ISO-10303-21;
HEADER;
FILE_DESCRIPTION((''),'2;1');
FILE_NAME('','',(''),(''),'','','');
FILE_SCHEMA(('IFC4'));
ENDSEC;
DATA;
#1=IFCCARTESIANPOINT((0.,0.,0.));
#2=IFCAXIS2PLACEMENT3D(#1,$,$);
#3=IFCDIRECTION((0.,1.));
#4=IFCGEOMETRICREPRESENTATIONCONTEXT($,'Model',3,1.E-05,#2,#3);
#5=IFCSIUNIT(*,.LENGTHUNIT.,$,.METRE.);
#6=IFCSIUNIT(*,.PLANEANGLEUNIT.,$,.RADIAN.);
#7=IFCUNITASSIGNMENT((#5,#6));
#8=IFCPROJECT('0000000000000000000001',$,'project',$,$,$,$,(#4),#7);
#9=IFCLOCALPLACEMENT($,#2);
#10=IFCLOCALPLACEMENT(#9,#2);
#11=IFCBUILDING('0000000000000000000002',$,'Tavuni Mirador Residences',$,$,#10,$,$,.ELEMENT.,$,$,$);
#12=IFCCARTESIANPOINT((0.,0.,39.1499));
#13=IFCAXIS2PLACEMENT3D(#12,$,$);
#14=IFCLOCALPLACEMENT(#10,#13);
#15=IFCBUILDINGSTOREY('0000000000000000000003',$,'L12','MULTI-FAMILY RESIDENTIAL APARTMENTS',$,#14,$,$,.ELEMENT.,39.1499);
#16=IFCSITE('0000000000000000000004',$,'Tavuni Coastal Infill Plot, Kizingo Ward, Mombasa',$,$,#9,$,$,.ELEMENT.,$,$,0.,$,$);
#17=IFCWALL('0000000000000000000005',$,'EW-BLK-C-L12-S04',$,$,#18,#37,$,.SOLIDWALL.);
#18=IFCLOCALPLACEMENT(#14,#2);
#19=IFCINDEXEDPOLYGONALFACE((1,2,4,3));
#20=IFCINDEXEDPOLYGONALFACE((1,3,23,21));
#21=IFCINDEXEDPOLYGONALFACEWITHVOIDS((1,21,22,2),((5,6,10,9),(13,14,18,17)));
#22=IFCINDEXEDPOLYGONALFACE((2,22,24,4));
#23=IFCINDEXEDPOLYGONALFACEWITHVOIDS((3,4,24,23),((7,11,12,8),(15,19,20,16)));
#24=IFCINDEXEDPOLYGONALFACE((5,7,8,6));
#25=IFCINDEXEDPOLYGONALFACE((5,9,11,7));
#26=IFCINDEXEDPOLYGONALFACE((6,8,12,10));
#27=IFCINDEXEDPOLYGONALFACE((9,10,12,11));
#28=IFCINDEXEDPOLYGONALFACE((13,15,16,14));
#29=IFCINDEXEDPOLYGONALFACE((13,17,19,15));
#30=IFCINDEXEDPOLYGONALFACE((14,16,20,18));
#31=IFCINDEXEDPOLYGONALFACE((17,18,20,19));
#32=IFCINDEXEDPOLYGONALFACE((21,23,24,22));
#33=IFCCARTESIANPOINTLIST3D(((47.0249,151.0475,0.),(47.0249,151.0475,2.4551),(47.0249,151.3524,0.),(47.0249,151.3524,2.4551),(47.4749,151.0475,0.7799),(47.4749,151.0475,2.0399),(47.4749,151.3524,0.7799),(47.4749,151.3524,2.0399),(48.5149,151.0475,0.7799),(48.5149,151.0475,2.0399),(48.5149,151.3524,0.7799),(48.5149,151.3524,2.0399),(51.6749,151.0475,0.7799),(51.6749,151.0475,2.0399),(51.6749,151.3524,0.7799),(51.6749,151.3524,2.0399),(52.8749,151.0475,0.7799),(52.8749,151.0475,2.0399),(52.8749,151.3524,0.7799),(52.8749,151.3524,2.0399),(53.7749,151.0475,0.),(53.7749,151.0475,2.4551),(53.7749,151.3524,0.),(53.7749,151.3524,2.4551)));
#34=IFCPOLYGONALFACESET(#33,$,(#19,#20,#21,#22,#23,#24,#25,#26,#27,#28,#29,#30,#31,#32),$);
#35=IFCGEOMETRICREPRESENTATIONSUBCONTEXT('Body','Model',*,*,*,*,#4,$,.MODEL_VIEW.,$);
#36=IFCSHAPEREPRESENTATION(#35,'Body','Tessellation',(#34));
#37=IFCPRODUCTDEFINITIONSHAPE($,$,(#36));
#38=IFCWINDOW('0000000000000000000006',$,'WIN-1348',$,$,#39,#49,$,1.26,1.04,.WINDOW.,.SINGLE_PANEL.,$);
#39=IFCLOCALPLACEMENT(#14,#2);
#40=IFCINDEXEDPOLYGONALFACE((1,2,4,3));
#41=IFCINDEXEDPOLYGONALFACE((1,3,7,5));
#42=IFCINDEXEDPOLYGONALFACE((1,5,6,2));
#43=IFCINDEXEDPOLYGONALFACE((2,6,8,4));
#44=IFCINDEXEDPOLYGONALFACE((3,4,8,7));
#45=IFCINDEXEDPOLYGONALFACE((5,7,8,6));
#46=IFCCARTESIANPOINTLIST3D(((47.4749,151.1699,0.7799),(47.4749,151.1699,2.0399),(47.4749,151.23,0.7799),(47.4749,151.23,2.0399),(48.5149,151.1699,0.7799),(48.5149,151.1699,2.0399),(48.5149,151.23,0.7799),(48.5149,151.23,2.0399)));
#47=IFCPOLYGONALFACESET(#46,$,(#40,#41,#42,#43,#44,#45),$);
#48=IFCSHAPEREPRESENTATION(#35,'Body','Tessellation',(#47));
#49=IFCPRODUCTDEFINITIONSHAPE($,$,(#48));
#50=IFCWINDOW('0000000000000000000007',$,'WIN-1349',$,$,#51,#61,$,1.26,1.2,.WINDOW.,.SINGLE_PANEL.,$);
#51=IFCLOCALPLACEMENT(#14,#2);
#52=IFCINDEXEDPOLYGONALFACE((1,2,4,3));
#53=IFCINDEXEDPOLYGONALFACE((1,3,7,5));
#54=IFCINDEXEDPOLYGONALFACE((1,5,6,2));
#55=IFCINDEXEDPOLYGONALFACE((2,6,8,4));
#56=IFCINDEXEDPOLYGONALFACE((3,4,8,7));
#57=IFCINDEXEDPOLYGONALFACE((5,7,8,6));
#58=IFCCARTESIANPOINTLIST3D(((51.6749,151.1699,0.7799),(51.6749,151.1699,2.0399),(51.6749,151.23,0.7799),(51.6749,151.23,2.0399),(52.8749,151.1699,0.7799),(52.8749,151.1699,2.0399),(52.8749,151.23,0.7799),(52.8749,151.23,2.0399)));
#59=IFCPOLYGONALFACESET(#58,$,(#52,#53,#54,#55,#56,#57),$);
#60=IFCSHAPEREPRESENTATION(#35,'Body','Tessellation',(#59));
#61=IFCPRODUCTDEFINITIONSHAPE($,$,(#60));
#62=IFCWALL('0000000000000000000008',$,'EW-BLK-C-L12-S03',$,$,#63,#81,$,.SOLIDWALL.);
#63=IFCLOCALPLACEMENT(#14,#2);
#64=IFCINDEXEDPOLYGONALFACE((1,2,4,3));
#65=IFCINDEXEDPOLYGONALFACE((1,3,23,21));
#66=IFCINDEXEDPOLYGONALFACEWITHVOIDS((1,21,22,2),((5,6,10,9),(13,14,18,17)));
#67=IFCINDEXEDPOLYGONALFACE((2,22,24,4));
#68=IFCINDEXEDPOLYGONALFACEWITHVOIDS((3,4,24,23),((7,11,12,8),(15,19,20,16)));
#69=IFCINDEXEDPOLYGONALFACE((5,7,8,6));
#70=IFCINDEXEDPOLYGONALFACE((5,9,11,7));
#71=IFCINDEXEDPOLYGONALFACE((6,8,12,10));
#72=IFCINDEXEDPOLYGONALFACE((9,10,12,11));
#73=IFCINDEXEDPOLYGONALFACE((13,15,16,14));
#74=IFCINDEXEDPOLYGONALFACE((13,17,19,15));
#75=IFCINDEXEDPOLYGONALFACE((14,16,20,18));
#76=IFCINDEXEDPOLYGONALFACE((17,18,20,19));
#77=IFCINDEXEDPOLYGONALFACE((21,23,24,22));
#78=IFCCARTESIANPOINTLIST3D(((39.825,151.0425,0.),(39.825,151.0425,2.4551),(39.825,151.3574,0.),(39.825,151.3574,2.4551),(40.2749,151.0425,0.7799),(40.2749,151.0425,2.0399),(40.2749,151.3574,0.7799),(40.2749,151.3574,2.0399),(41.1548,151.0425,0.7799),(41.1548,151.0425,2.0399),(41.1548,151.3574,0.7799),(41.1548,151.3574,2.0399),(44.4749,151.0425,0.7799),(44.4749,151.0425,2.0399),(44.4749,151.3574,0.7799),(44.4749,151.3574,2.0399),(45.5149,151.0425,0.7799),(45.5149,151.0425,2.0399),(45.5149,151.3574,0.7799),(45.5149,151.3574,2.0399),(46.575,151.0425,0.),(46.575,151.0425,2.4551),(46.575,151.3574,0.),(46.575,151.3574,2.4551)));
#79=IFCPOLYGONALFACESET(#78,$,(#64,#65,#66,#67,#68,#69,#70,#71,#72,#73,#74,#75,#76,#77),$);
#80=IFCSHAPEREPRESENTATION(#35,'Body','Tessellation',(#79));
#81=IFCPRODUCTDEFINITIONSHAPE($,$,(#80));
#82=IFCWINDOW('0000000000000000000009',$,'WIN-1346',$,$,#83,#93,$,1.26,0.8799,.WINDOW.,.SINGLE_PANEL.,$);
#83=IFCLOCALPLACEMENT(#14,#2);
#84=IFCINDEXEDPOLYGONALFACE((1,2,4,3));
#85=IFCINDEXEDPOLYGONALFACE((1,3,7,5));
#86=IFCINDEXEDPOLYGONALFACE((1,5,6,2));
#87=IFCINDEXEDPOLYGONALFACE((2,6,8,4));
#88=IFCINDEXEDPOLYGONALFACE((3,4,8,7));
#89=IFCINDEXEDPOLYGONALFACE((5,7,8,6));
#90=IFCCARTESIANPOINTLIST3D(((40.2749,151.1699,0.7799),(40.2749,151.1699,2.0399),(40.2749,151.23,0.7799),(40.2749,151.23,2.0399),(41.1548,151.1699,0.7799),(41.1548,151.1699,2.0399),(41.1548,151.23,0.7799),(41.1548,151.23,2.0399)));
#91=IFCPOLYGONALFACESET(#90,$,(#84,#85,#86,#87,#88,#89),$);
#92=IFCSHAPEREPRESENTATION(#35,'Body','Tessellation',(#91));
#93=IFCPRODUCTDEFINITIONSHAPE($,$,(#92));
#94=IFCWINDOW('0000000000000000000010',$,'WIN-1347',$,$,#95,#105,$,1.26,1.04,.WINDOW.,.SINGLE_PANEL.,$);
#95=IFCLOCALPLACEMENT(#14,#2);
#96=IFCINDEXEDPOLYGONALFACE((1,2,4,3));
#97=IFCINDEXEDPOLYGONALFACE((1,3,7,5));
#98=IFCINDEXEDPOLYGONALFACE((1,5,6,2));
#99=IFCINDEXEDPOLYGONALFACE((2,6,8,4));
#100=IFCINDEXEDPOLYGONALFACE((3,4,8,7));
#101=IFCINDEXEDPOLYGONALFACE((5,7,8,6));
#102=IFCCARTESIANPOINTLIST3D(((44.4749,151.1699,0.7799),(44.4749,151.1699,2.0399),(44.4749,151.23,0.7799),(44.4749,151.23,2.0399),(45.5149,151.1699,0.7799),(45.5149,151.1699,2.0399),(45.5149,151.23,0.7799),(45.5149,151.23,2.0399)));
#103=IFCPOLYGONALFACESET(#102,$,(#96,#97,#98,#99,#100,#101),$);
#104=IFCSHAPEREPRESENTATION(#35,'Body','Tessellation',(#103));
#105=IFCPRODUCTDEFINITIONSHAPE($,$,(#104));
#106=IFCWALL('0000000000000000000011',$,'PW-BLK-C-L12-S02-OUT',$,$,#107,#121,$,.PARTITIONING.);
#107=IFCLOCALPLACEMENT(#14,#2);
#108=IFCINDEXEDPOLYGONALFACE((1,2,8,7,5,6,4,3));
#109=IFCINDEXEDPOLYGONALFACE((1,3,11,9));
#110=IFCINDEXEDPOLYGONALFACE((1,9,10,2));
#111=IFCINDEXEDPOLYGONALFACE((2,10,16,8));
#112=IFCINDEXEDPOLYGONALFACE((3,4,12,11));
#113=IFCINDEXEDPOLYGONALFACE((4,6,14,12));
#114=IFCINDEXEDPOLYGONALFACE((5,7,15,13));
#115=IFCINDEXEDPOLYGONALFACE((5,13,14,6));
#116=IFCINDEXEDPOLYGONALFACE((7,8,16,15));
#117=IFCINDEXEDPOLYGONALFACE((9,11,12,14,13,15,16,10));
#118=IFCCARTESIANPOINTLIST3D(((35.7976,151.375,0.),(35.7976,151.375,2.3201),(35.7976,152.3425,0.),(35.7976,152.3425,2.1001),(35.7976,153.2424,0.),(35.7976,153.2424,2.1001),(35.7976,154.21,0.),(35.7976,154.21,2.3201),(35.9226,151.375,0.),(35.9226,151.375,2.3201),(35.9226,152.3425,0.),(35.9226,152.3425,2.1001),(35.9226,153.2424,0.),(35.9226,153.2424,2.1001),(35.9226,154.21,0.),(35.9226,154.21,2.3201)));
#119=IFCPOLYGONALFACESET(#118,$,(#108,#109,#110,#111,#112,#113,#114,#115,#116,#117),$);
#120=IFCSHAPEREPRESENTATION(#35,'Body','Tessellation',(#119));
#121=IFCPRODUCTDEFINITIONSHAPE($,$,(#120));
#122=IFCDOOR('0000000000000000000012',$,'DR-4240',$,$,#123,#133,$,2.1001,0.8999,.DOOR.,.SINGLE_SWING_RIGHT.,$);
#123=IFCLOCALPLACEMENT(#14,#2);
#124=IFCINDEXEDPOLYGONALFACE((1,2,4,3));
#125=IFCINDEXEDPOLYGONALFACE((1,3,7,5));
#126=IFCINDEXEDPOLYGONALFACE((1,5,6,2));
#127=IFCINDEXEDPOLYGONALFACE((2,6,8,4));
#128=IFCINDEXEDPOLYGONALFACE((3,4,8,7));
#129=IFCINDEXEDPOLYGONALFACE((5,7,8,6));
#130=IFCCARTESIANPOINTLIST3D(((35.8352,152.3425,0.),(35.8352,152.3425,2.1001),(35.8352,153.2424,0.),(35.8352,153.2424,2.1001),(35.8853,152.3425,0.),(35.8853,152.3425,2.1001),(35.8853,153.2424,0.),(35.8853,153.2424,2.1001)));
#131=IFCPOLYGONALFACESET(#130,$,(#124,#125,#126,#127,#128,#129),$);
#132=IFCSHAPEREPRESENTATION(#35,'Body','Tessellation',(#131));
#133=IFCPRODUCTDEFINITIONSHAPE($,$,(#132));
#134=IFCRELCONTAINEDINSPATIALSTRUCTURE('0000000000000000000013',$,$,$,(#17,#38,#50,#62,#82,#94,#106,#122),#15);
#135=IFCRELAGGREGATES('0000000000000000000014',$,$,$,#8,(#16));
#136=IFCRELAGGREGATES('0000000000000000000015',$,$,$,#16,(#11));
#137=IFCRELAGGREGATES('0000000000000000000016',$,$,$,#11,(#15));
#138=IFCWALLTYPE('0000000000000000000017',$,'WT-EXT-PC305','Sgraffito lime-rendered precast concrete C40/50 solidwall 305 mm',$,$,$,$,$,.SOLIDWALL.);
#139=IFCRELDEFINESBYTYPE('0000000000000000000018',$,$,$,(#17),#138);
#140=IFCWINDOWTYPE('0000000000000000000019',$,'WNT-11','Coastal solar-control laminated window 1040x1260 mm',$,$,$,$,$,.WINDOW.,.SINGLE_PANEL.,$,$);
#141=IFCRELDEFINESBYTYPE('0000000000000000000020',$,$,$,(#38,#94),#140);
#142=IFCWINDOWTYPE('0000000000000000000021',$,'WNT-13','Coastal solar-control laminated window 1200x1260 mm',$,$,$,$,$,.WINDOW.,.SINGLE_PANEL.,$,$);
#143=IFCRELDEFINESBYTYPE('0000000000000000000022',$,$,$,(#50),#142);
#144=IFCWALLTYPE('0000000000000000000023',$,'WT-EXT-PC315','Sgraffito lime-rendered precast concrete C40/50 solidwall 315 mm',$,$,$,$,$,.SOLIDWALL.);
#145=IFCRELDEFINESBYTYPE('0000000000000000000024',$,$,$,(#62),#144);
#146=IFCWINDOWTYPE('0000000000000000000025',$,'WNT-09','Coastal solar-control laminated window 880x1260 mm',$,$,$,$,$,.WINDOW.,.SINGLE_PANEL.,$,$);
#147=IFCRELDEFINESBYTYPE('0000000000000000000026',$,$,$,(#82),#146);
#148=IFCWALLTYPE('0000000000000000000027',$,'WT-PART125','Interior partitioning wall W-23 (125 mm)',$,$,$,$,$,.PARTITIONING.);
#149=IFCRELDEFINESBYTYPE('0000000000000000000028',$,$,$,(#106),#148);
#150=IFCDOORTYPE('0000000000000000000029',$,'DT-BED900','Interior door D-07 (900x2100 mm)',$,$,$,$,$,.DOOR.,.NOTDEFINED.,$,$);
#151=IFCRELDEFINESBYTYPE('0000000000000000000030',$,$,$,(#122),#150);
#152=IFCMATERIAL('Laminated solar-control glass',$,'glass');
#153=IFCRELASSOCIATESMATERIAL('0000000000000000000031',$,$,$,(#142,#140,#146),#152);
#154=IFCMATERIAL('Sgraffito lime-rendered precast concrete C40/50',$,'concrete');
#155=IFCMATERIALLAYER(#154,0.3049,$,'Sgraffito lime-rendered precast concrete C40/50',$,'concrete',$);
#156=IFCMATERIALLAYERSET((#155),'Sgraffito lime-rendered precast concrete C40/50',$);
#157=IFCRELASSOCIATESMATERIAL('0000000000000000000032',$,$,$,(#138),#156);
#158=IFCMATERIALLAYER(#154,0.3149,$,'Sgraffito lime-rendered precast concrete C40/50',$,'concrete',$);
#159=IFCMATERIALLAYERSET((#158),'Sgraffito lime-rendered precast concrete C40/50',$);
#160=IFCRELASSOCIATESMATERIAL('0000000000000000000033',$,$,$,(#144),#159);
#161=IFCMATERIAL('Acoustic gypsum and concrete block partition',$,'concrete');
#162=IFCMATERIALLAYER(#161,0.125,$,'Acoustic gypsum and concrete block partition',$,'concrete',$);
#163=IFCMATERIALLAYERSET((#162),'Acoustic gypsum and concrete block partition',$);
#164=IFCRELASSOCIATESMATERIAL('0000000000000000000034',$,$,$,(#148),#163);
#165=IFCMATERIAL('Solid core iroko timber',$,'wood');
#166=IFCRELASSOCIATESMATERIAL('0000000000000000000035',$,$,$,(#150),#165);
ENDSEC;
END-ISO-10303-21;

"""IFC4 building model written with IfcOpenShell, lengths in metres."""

from ifc_helpers import new_model, si_unit, direction, frame, frame_2d, origin, place, context, subcontext, project, spatial, rectangle, extrude, material, layer, layer_set, type_object, element, fill, save


model = new_model("IFC4")

# Units and contexts
model_context = context("Model", 3, precision=1e-05, world=origin(), true_north=direction((0.0, 1.0)))
body_context = subcontext(model_context, "Body", "Model", "MODEL_VIEW")
ifc_project = project(units=[si_unit("LENGTHUNIT", "METRE"), si_unit("PLANEANGLEUNIT", "RADIAN")], contexts=[model_context])

# Site, building, storey
site_placement = place(None, origin())
site = spatial("IfcSite", under=ifc_project, at=site_placement, Name="Tavuni Coastal Infill Plot, Kizingo Ward, Mombasa", CompositionType="ELEMENT", RefElevation=0.0)
building_placement = place(site_placement, origin())
building = spatial("IfcBuilding", under=site, at=building_placement, Name="Tavuni Mirador Residences", CompositionType="ELEMENT")
storey_placement = place(building_placement, frame((0.0, 0.0, 39.1499)))
storey = spatial("IfcBuildingStorey", under=building, at=storey_placement, Name="L12", Description="MULTI-FAMILY RESIDENTIAL APARTMENTS", CompositionType="ELEMENT", Elevation=39.1499)

# Walls, openings, windows
ifc_material_1 = material(Name="Sgraffito lime-rendered precast concrete C40/50", Category="concrete")
ifc_material_2 = material(Name="Laminated solar-control glass", Category="glass")
window_type_1 = type_object("IfcWindowType", Name="WNT-13", Description="Coastal solar-control laminated window 1200x1260 mm", PartitioningType="SINGLE_PANEL", PredefinedType="WINDOW", material=ifc_material_2)
ifc_layer_1 = layer(ifc_material_1, 0.3049, Name="Sgraffito lime-rendered precast concrete C40/50", Category="concrete")
ifc_layer_set_1 = layer_set([ifc_layer_1], Name="Sgraffito lime-rendered precast concrete C40/50")
wall_type_1 = type_object("IfcWallType", Name="WT-EXT-PC305", Description="Sgraffito lime-rendered precast concrete C40/50 solidwall 305 mm", PredefinedType="SOLIDWALL", material=ifc_layer_set_1)
wall_1_placement = place(storey_placement, frame((47.0249, 151.2, 0.0), z_axis=(0.0, 0.0, 1.0), x_axis=(1.0, 0.0, 0.0)))
wall_1 = element("IfcWall", 1, at=wall_1_placement, inside=storey, type_object=wall_type_1, Name="EW-BLK-C-L12-S04", PredefinedType="SOLIDWALL", context=body_context, shape_type="SweptSolid", body=[
    extrude(rectangle(XDim=6.75, YDim=0.3049, at=frame_2d((3.375, 0.0))), origin(), (0.0, 0.0, 1.0), 2.4551),
])
opening_1_placement = place(wall_1_placement, frame((0.45, 0.0, 0.78)))
opening_1 = element("IfcOpeningElement", 2, at=opening_1_placement, cuts=wall_1, PredefinedType="OPENING", context=body_context, shape_type="SweptSolid", body=[
    extrude(rectangle(XDim=1.04, YDim=1.26, at=frame_2d((0.52, 0.6299))), frame((0.0, 0.1626, 0.0), z_axis=(0.0, -1.0, 0.0), x_axis=(1.0, 0.0, 0.0)), (0.0, 0.0, 1.0), 0.325),
])
opening_2_placement = place(wall_1_placement, frame((4.6499, 0.0, 0.78)))
opening_2 = element("IfcOpeningElement", 3, at=opening_2_placement, cuts=wall_1, PredefinedType="OPENING", context=body_context, shape_type="SweptSolid", body=[
    extrude(rectangle(XDim=1.2, YDim=1.26, at=frame_2d((0.6001, 0.6299))), frame((0.0, 0.1626, 0.0), z_axis=(0.0, -1.0, 0.0), x_axis=(1.0, 0.0, 0.0)), (0.0, 0.0, 1.0), 0.325),
])
window_type_2 = type_object("IfcWindowType", Name="WNT-11", Description="Coastal solar-control laminated window 1040x1260 mm", PartitioningType="SINGLE_PANEL", PredefinedType="WINDOW", material=ifc_material_2)
window_1_placement = place(opening_1_placement, origin())
window_1 = element("IfcWindow", 4, at=window_1_placement, inside=storey, type_object=window_type_2, Name="WIN-1348", OverallHeight=1.26, OverallWidth=1.04, PartitioningType="SINGLE_PANEL", PredefinedType="WINDOW", context=body_context, shape_type="SweptSolid", body=[
    extrude(rectangle(XDim=1.04, YDim=1.26, at=frame_2d((0.52, 0.6299))), frame((0.0, 0.03, 0.0), z_axis=(0.0, -1.0, 0.0), x_axis=(1.0, 0.0, 0.0)), (0.0, 0.0, 1.0), 0.0601),
])
fill(opening_1, window_1)
window_2_placement = place(opening_2_placement, origin())
window_2 = element("IfcWindow", 5, at=window_2_placement, inside=storey, type_object=window_type_1, Name="WIN-1349", OverallHeight=1.26, OverallWidth=1.2, PartitioningType="SINGLE_PANEL", PredefinedType="WINDOW", context=body_context, shape_type="SweptSolid", body=[
    extrude(rectangle(XDim=1.2, YDim=1.26, at=frame_2d((0.6001, 0.6299))), frame((0.0, 0.03, 0.0), z_axis=(0.0, -1.0, 0.0), x_axis=(1.0, 0.0, 0.0)), (0.0, 0.0, 1.0), 0.0601),
])
fill(opening_2, window_2)
ifc_layer_2 = layer(ifc_material_1, 0.3149, Name="Sgraffito lime-rendered precast concrete C40/50", Category="concrete")
ifc_layer_set_2 = layer_set([ifc_layer_2], Name="Sgraffito lime-rendered precast concrete C40/50")
wall_type_2 = type_object("IfcWallType", Name="WT-EXT-PC315", Description="Sgraffito lime-rendered precast concrete C40/50 solidwall 315 mm", PredefinedType="SOLIDWALL", material=ifc_layer_set_2)
wall_2_placement = place(storey_placement, frame((39.825, 151.2, 0.0), z_axis=(0.0, 0.0, 1.0), x_axis=(1.0, 0.0, 0.0)))
wall_2 = element("IfcWall", 6, at=wall_2_placement, inside=storey, type_object=wall_type_2, Name="EW-BLK-C-L12-S03", PredefinedType="SOLIDWALL", context=body_context, shape_type="SweptSolid", body=[
    extrude(rectangle(XDim=6.75, YDim=0.3149, at=frame_2d((3.375, 0.0))), origin(), (0.0, 0.0, 1.0), 2.4551),
])
opening_3_placement = place(wall_2_placement, frame((0.45, 0.0, 0.78)))
opening_3 = element("IfcOpeningElement", 7, at=opening_3_placement, cuts=wall_2, PredefinedType="OPENING", context=body_context, shape_type="SweptSolid", body=[
    extrude(rectangle(XDim=0.8799, YDim=1.26, at=frame_2d((0.4399, 0.6299))), frame((0.0, 0.1675, 0.0), z_axis=(0.0, -1.0, 0.0), x_axis=(1.0, 0.0, 0.0)), (0.0, 0.0, 1.0), 0.335),
])
opening_4_placement = place(wall_2_placement, frame((4.6499, 0.0, 0.78)))
opening_4 = element("IfcOpeningElement", 8, at=opening_4_placement, cuts=wall_2, PredefinedType="OPENING", context=body_context, shape_type="SweptSolid", body=[
    extrude(rectangle(XDim=1.04, YDim=1.26, at=frame_2d((0.52, 0.6299))), frame((0.0, 0.1675, 0.0), z_axis=(0.0, -1.0, 0.0), x_axis=(1.0, 0.0, 0.0)), (0.0, 0.0, 1.0), 0.335),
])
window_type_3 = type_object("IfcWindowType", Name="WNT-09", Description="Coastal solar-control laminated window 880x1260 mm", PartitioningType="SINGLE_PANEL", PredefinedType="WINDOW", material=ifc_material_2)
window_3_placement = place(opening_3_placement, origin())
window_3 = element("IfcWindow", 9, at=window_3_placement, inside=storey, type_object=window_type_3, Name="WIN-1346", OverallHeight=1.26, OverallWidth=0.8799, PartitioningType="SINGLE_PANEL", PredefinedType="WINDOW", context=body_context, shape_type="SweptSolid", body=[
    extrude(rectangle(XDim=0.8799, YDim=1.26, at=frame_2d((0.4399, 0.6299))), frame((0.0, 0.03, 0.0), z_axis=(0.0, -1.0, 0.0), x_axis=(1.0, 0.0, 0.0)), (0.0, 0.0, 1.0), 0.0601),
])
fill(opening_3, window_3)
window_4_placement = place(opening_4_placement, origin())
window_4 = element("IfcWindow", 10, at=window_4_placement, inside=storey, type_object=window_type_2, Name="WIN-1347", OverallHeight=1.26, OverallWidth=1.04, PartitioningType="SINGLE_PANEL", PredefinedType="WINDOW", context=body_context, shape_type="SweptSolid", body=[
    extrude(rectangle(XDim=1.04, YDim=1.26, at=frame_2d((0.52, 0.6299))), frame((0.0, 0.03, 0.0), z_axis=(0.0, -1.0, 0.0), x_axis=(1.0, 0.0, 0.0)), (0.0, 0.0, 1.0), 0.0601),
])
fill(opening_4, window_4)

# Wall, opening, door
ifc_material_3 = material(Name="Acoustic gypsum and concrete block partition", Category="concrete")
ifc_layer_3 = layer(ifc_material_3, 0.125, Name="Acoustic gypsum and concrete block partition", Category="concrete")
ifc_layer_set_3 = layer_set([ifc_layer_3], Name="Acoustic gypsum and concrete block partition")
wall_type_3 = type_object("IfcWallType", Name="WT-PART125", Description="Interior partitioning wall W-23 (125 mm)", PredefinedType="PARTITIONING", material=ifc_layer_set_3)
wall_3_placement = place(storey_placement, frame((35.8601, 151.375, 0.0), z_axis=(0.0, 0.0, 1.0), x_axis=(0.0, 1.0, 0.0)))
wall_3 = element("IfcWall", 11, at=wall_3_placement, inside=storey, type_object=wall_type_3, Name="PW-BLK-C-L12-S02-OUT", PredefinedType="PARTITIONING", context=body_context, shape_type="SweptSolid", body=[
    extrude(rectangle(XDim=2.835, YDim=0.125, at=frame_2d((1.4175, 0.0))), origin(), (0.0, 0.0, 1.0), 2.3201),
])
opening_5_placement = place(wall_3_placement, frame((0.9675, 0.0, 0.0)))
opening_5 = element("IfcOpeningElement", 12, at=opening_5_placement, cuts=wall_3, PredefinedType="OPENING", context=body_context, shape_type="SweptSolid", body=[
    extrude(rectangle(XDim=0.8999, YDim=2.1001, at=frame_2d((0.45, 1.05))), frame((0.0, 0.0725, 0.0), z_axis=(0.0, -1.0, 0.0), x_axis=(1.0, 0.0, 0.0)), (0.0, 0.0, 1.0), 0.145),
])
ifc_material_4 = material(Name="Solid core iroko timber", Category="wood")
door_type_1 = type_object("IfcDoorType", Name="DT-BED900", Description="Interior door D-07 (900x2100 mm)", OperationType="NOTDEFINED", PredefinedType="DOOR", material=ifc_material_4)
door_1_placement = place(opening_5_placement, origin())
door_1 = element("IfcDoor", 13, at=door_1_placement, inside=storey, type_object=door_type_1, Name="DR-4240", OperationType="SINGLE_SWING_RIGHT", OverallHeight=2.1001, OverallWidth=0.8999, PredefinedType="DOOR", context=body_context, shape_type="SweptSolid", body=[
    extrude(rectangle(XDim=0.8999, YDim=2.1001, at=frame_2d((0.45, 1.05))), frame((0.0, 0.0249, 0.0), z_axis=(0.0, -1.0, 0.0), x_axis=(1.0, 0.0, 0.0)), (0.0, 0.0, 1.0), 0.05),
])
fill(opening_5, door_1)

save(model, "model.ifc")
